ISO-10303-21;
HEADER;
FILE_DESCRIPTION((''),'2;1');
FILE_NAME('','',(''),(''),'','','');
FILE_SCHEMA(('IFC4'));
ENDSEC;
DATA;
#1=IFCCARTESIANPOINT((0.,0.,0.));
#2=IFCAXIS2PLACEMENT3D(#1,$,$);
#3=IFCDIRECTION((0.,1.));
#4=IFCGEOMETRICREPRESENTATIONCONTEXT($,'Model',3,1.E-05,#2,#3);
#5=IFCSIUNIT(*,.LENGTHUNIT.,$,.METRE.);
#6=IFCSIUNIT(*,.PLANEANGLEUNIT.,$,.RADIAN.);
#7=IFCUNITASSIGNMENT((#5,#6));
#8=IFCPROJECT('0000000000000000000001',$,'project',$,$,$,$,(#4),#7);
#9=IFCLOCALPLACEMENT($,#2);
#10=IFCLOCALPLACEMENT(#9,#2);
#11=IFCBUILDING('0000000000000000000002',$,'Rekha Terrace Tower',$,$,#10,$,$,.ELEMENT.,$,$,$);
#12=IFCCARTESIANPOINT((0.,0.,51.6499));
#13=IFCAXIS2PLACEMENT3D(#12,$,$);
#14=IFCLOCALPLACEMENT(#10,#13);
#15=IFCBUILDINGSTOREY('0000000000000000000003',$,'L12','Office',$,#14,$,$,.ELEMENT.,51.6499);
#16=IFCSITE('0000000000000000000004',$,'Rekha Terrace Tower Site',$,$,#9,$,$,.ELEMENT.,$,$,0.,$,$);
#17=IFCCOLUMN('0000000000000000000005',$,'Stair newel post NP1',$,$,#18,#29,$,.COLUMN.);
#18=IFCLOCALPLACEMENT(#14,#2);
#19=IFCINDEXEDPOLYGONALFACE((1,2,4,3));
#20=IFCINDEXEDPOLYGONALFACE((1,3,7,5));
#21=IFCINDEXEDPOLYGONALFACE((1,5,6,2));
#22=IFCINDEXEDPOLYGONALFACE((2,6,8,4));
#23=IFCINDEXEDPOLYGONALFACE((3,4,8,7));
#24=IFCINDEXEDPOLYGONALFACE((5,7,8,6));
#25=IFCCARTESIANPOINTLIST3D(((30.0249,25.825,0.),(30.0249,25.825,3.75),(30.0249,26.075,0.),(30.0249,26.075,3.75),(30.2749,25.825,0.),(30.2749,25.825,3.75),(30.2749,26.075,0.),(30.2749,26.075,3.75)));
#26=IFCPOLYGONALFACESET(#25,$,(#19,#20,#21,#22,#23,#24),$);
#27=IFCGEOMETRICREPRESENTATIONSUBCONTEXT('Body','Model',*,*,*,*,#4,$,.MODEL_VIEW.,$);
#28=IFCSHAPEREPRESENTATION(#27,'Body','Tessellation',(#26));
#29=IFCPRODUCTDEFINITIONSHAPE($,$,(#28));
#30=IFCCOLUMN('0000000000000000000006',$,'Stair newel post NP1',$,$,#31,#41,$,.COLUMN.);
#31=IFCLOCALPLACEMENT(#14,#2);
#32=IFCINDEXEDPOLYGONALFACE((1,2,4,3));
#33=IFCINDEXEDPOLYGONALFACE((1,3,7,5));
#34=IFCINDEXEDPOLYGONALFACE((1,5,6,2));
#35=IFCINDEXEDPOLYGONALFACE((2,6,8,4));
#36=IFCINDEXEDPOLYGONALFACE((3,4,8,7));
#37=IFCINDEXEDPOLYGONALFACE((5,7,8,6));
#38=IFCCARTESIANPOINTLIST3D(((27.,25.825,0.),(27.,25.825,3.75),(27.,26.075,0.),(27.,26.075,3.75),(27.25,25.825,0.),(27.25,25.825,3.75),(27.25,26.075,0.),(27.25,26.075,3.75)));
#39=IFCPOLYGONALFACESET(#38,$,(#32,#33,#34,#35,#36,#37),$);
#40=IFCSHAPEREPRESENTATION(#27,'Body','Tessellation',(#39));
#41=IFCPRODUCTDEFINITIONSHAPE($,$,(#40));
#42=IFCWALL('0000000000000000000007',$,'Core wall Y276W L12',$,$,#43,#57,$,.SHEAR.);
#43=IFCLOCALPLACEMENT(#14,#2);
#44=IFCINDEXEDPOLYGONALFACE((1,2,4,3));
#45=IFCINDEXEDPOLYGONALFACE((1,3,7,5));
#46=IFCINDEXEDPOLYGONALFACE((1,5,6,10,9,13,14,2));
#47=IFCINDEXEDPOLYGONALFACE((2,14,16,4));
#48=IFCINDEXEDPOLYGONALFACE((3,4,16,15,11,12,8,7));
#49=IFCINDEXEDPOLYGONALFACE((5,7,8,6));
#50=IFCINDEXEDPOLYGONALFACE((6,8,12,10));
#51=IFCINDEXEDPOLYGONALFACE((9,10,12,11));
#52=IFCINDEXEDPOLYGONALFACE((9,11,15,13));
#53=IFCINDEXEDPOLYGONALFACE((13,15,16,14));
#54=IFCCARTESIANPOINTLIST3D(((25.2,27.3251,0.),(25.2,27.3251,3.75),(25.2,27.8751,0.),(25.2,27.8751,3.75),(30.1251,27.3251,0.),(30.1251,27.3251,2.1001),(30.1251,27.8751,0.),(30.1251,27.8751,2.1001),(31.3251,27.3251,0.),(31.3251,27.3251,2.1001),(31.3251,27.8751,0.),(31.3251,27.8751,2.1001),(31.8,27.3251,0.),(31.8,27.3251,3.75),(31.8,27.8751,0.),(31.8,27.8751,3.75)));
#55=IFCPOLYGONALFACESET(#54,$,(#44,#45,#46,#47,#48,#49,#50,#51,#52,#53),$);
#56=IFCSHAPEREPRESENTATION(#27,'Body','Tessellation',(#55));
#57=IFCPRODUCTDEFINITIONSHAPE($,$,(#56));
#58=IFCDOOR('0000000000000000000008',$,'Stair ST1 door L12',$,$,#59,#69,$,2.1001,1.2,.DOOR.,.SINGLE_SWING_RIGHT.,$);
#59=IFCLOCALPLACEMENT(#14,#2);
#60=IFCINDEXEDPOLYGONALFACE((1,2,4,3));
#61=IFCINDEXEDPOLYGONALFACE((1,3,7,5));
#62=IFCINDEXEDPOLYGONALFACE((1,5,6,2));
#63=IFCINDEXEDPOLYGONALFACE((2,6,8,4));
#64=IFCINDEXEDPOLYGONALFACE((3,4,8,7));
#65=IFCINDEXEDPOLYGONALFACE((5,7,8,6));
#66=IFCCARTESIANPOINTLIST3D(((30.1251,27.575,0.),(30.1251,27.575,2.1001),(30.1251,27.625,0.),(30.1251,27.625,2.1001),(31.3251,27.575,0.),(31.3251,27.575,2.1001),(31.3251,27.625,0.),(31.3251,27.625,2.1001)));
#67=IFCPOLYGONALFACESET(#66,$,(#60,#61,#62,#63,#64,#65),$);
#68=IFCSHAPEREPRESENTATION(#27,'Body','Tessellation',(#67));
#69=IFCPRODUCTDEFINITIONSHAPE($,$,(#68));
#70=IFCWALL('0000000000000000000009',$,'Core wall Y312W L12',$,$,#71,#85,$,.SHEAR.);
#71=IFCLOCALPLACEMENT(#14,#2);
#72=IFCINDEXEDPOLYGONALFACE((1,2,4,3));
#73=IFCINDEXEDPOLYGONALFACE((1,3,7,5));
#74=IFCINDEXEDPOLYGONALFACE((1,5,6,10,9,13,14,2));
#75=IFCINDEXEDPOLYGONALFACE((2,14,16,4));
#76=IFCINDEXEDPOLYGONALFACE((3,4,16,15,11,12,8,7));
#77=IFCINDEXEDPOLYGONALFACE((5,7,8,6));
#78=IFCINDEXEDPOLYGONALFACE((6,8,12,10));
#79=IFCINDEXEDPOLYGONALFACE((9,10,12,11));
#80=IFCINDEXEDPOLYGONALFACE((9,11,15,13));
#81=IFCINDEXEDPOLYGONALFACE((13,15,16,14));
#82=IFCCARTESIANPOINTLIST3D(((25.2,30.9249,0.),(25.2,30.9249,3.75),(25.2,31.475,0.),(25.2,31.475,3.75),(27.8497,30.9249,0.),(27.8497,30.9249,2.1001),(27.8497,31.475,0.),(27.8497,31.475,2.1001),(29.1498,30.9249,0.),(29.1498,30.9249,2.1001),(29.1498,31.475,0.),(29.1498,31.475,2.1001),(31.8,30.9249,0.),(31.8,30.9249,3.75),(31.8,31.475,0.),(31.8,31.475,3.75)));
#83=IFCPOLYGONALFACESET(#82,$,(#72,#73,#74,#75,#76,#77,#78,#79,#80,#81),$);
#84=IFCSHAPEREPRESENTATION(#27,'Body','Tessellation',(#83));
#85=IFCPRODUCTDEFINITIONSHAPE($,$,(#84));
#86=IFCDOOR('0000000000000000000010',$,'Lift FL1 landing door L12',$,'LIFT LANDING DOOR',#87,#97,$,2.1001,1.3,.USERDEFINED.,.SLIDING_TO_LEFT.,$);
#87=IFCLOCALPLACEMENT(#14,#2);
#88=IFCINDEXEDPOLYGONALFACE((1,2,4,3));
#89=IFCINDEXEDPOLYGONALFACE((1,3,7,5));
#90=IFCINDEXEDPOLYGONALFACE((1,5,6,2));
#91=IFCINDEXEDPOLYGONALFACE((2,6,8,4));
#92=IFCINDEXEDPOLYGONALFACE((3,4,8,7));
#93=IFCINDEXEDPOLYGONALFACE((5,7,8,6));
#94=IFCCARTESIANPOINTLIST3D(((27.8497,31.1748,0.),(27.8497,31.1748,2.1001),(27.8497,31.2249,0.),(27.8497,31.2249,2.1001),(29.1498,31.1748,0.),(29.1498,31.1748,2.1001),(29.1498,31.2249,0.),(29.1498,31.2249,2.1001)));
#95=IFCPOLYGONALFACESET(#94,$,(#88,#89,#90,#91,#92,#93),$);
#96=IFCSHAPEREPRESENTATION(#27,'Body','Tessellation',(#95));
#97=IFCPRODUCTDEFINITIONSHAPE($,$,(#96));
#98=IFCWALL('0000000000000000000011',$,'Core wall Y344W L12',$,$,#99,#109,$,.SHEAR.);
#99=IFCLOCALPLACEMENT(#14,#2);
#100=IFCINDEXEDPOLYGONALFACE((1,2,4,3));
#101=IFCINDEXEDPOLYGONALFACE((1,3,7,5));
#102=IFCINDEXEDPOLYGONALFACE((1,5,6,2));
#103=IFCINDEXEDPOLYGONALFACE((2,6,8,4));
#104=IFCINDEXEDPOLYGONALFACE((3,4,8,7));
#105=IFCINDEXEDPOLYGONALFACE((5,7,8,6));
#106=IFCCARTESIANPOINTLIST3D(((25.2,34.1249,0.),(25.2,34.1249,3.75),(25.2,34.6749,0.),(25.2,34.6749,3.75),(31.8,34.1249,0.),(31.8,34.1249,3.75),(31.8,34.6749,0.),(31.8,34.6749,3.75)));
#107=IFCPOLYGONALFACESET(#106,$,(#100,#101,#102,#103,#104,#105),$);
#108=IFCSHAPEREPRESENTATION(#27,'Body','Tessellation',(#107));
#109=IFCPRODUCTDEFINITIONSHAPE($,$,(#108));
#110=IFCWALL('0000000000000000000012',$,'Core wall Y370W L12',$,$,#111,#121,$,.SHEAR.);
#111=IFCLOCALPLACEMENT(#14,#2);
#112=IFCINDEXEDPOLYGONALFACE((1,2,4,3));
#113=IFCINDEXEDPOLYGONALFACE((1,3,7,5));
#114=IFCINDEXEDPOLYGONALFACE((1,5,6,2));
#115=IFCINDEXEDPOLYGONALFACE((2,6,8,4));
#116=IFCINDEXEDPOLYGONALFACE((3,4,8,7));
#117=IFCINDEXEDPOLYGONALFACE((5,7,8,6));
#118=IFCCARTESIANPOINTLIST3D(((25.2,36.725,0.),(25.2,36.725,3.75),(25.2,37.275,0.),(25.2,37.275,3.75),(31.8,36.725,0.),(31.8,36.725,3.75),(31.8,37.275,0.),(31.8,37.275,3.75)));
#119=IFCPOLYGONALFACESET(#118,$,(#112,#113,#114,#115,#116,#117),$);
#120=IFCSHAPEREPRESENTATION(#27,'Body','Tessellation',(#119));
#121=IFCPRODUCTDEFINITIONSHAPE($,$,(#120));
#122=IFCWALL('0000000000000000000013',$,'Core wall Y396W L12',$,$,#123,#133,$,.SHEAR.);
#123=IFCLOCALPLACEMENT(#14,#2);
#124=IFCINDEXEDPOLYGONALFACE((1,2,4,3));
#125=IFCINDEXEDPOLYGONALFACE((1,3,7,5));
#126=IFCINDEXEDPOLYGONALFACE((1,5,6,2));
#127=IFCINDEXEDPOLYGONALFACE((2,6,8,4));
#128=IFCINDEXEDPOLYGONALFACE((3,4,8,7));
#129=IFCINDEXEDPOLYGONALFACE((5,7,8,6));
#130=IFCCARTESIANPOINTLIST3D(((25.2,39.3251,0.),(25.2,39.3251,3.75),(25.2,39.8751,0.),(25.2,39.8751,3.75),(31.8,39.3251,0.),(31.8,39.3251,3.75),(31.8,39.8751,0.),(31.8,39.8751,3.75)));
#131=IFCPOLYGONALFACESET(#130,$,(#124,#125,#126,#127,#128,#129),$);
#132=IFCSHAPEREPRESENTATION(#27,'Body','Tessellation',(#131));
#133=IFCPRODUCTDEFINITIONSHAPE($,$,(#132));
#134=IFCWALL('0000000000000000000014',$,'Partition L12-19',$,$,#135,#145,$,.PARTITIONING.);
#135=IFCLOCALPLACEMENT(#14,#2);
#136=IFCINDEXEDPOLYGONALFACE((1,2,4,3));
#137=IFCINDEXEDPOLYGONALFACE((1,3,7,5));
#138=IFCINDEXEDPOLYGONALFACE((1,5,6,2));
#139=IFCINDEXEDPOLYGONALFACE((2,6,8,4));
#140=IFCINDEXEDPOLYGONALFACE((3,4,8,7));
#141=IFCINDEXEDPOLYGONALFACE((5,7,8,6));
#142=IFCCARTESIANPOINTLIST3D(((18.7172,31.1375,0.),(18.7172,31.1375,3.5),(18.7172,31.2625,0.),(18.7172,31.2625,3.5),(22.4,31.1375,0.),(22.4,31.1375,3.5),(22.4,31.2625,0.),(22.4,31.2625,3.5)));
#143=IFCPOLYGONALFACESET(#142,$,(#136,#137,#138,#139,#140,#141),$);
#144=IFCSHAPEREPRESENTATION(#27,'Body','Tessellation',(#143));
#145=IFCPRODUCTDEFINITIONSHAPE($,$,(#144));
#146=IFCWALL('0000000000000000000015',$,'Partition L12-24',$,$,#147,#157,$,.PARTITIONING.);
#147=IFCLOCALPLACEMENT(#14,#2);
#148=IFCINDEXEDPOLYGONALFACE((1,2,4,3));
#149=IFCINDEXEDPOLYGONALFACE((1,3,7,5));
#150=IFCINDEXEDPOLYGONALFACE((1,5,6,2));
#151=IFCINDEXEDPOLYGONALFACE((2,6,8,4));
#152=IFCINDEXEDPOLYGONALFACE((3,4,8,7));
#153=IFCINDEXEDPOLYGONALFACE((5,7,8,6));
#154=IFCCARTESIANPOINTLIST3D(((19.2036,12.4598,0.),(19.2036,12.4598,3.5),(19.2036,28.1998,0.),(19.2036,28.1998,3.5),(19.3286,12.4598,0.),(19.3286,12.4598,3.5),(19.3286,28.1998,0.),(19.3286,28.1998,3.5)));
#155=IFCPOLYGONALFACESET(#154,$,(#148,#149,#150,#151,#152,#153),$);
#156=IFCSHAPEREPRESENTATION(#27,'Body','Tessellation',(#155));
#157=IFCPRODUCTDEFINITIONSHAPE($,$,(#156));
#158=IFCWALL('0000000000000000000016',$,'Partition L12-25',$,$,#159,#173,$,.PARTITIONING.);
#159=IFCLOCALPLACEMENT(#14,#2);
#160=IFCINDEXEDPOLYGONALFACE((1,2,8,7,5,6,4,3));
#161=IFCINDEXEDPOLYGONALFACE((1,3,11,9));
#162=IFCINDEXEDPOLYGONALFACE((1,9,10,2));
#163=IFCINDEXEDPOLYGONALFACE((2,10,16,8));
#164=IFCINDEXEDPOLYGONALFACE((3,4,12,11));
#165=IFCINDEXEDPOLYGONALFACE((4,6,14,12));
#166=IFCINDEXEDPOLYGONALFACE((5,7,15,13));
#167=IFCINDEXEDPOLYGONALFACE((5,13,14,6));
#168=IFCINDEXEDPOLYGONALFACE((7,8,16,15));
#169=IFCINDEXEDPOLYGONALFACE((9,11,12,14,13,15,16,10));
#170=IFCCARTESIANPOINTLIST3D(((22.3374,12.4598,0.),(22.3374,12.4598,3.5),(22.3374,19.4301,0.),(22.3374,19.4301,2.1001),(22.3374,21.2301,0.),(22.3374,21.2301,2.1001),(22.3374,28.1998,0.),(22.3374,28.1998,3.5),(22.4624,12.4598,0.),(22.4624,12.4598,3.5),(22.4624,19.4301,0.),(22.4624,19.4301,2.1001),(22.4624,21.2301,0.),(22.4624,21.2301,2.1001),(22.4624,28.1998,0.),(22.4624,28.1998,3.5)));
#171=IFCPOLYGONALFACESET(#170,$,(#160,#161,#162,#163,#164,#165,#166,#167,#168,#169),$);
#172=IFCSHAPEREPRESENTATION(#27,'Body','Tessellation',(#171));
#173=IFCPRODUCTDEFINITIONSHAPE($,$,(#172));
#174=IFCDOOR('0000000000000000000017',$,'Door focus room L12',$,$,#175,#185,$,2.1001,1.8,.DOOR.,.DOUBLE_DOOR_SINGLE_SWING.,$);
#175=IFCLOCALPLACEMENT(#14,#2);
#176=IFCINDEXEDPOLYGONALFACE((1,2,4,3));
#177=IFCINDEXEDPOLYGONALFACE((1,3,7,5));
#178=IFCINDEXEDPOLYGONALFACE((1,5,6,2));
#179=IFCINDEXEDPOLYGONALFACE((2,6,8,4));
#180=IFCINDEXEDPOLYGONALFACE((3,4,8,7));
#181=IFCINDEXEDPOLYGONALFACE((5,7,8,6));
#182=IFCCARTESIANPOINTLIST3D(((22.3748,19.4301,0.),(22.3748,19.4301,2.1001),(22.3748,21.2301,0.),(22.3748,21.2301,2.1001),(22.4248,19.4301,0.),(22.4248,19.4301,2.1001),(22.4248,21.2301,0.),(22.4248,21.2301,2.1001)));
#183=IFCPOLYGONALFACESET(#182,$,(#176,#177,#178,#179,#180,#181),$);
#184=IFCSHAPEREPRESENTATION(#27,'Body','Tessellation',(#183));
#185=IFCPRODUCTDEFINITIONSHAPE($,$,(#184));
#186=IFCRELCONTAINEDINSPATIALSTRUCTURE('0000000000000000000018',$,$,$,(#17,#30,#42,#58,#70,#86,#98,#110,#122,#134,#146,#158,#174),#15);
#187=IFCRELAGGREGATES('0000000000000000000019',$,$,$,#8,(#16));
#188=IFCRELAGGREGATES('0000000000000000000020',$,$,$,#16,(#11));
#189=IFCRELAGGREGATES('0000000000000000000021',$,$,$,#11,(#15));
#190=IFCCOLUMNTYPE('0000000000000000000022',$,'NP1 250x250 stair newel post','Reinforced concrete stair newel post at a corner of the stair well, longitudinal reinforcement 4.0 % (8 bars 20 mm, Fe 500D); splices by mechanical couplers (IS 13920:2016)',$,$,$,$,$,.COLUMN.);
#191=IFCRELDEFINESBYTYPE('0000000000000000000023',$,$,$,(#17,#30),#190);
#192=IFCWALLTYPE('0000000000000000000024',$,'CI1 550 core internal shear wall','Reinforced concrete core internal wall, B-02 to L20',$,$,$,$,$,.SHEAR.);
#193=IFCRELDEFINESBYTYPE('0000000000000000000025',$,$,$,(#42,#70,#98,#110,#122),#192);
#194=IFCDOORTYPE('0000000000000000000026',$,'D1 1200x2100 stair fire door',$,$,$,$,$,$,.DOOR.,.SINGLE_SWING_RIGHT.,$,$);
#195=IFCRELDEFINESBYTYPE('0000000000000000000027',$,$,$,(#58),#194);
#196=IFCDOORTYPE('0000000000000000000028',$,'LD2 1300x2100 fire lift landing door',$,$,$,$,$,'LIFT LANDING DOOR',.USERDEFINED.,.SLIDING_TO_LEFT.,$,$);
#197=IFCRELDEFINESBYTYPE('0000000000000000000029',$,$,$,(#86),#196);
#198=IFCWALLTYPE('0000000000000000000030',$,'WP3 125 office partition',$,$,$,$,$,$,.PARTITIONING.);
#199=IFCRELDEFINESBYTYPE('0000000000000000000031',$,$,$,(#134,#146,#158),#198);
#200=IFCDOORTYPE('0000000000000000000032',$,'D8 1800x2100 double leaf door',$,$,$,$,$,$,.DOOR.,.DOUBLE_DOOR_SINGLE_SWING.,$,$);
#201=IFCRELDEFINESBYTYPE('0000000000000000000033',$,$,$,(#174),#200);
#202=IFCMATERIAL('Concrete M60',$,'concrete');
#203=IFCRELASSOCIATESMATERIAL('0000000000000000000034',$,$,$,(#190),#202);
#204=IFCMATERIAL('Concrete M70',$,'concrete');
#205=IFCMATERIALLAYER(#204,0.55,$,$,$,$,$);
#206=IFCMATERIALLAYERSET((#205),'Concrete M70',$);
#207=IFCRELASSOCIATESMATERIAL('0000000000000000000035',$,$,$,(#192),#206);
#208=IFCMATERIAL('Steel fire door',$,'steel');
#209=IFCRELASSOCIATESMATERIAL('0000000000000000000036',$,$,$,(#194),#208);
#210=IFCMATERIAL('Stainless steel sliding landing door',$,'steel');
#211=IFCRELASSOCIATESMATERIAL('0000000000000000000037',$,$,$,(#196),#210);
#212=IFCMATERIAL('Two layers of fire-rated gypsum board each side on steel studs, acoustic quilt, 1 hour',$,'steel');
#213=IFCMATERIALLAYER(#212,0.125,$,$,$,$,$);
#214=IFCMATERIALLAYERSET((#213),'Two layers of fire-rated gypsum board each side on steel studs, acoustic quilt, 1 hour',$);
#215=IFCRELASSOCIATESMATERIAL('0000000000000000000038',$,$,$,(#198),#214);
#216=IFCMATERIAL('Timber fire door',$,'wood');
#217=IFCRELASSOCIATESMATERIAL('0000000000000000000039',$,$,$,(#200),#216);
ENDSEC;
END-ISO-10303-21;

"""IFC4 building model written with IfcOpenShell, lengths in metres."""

from ifc_helpers import new_model, si_unit, direction, frame, frame_2d, origin, origin_2d, place, context, subcontext, project, spatial, rectangle, extrude, material, layer, layer_set, material_profile, profile_set, type_object, element, fill, save


model = new_model("IFC4")

# Units and contexts
model_context = context("Model", 3, precision=1e-05, world=origin(), true_north=direction((0.0, 1.0)))
body_context = subcontext(model_context, "Body", "Model", "MODEL_VIEW")
ifc_project = project(units=[si_unit("LENGTHUNIT", "METRE"), si_unit("PLANEANGLEUNIT", "RADIAN")], contexts=[model_context])

# Site, building, storey
site_placement = place(None, origin())
site = spatial("IfcSite", under=ifc_project, at=site_placement, Name="Rekha Terrace Tower Site", CompositionType="ELEMENT", RefElevation=0.0)
building_placement = place(site_placement, origin())
building = spatial("IfcBuilding", under=site, at=building_placement, Name="Rekha Terrace Tower", CompositionType="ELEMENT")
storey_placement = place(building_placement, frame((0.0, 0.0, 51.6499)))
storey = spatial("IfcBuildingStorey", under=building, at=storey_placement, Name="L12", Description="Office", CompositionType="ELEMENT", Elevation=51.6499)

# Columns
ifc_material_1 = material(Name="Concrete M60", Category="concrete")
ifc_material_profile = material_profile(ifc_material_1, rectangle(XDim=0.25, YDim=0.25, at=origin_2d()), Name="RC 250x250")
ifc_profile_set = profile_set([ifc_material_profile], Name="Concrete M60")
column_type = type_object("IfcColumnType", Name="NP1 250x250 stair newel post", Description="Reinforced concrete stair newel post at a corner of the stair well, longitudinal reinforcement 4.0 % (8 bars 20 mm, Fe 500D); splices by mechanical couplers (IS 13920:2016)", PredefinedType="COLUMN", material=ifc_profile_set)
for number, where, z_axis, x_axis, name in (
    (1, (30.1499, 25.95, 0.0), (0.0, 0.0, 1.0), (1.0, 0.0, 0.0), "Stair newel post NP1"),
    (2, (27.125, 25.95, 0.0), (0.0, 0.0, 1.0), (1.0, 0.0, 0.0), "Stair newel post NP1"),
):
    element("IfcColumn", number, at=place(storey_placement, frame(where, z_axis=z_axis, x_axis=x_axis)), inside=storey, type_object=column_type, Name=name, PredefinedType="COLUMN", context=body_context, shape_type="SweptSolid", body=[
        extrude(rectangle(XDim=0.25, YDim=0.25, at=origin_2d()), origin(), (0.0, 0.0, 1.0), 3.75),
    ])

# Walls, openings, doors
ifc_material_2 = material(Name="Concrete M70", Category="concrete")
ifc_layer_1 = layer(ifc_material_2, 0.55)
ifc_layer_set_1 = layer_set([ifc_layer_1], Name="Concrete M70")
wall_type_1 = type_object("IfcWallType", Name="CI1 550 core internal shear wall", Description="Reinforced concrete core internal wall, B-02 to L20", PredefinedType="SHEAR", material=ifc_layer_set_1)
wall_1_placement = place(storey_placement, frame((25.2, 27.6001, 0.0), z_axis=(0.0, 0.0, 1.0), x_axis=(1.0, 0.0, 0.0)))
wall_1 = element("IfcWall", 3, at=wall_1_placement, inside=storey, type_object=wall_type_1, Name="Core wall Y276W L12", PredefinedType="SHEAR", context=body_context, shape_type="SweptSolid", body=[
    extrude(rectangle(XDim=6.6001, YDim=0.55, at=frame_2d((3.3, 0.0))), origin(), (0.0, 0.0, 1.0), 3.75),
])
opening_1_placement = place(wall_1_placement, frame((4.925, 0.0, 0.0)))
opening_1 = element("IfcOpeningElement", 4, at=opening_1_placement, cuts=wall_1, PredefinedType="OPENING", context=body_context, shape_type="SweptSolid", body=[
    extrude(rectangle(XDim=1.2, YDim=2.1001, at=frame_2d((0.6001, 1.05))), frame((0.0, 0.2849, 0.0), z_axis=(0.0, -1.0, 0.0), x_axis=(1.0, 0.0, 0.0)), (0.0, 0.0, 1.0), 0.5701),
])
ifc_material_3 = material(Name="Steel fire door", Category="steel")
door_type_1 = type_object("IfcDoorType", Name="D1 1200x2100 stair fire door", OperationType="SINGLE_SWING_RIGHT", PredefinedType="DOOR", material=ifc_material_3)
door_1_placement = place(opening_1_placement, origin())
door_1 = element("IfcDoor", 5, at=door_1_placement, inside=storey, type_object=door_type_1, Name="Stair ST1 door L12", OperationType="SINGLE_SWING_RIGHT", OverallHeight=2.1001, OverallWidth=1.2, PredefinedType="DOOR", context=body_context, shape_type="SweptSolid", body=[
    extrude(rectangle(XDim=1.2, YDim=2.1001, at=frame_2d((0.6001, 1.05))), frame((0.0, 0.0249, 0.0), z_axis=(0.0, -1.0, 0.0), x_axis=(1.0, 0.0, 0.0)), (0.0, 0.0, 1.0), 0.05),
])
fill(opening_1, door_1)
wall_2_placement = place(storey_placement, frame((25.2, 31.2, 0.0), z_axis=(0.0, 0.0, 1.0), x_axis=(1.0, 0.0, 0.0)))
wall_2 = element("IfcWall", 6, at=wall_2_placement, inside=storey, type_object=wall_type_1, Name="Core wall Y312W L12", PredefinedType="SHEAR", context=body_context, shape_type="SweptSolid", body=[
    extrude(rectangle(XDim=6.6001, YDim=0.55, at=frame_2d((3.3, 0.0))), origin(), (0.0, 0.0, 1.0), 3.75),
])
opening_2_placement = place(wall_2_placement, frame((2.6499, 0.0, 0.0)))
opening_2 = element("IfcOpeningElement", 7, at=opening_2_placement, cuts=wall_2, PredefinedType="OPENING", context=body_context, shape_type="SweptSolid", body=[
    extrude(rectangle(XDim=1.3, YDim=2.1001, at=frame_2d((0.6499, 1.05))), frame((0.0, 0.2849, 0.0), z_axis=(0.0, -1.0, 0.0), x_axis=(1.0, 0.0, 0.0)), (0.0, 0.0, 1.0), 0.5701),
])
ifc_material_4 = material(Name="Stainless steel sliding landing door", Category="steel")
door_type_2 = type_object("IfcDoorType", Name="LD2 1300x2100 fire lift landing door", ElementType="LIFT LANDING DOOR", OperationType="SLIDING_TO_LEFT", PredefinedType="USERDEFINED", material=ifc_material_4)
door_2_placement = place(opening_2_placement, origin())
door_2 = element("IfcDoor", 8, at=door_2_placement, inside=storey, type_object=door_type_2, Name="Lift FL1 landing door L12", ObjectType="LIFT LANDING DOOR", OperationType="SLIDING_TO_LEFT", OverallHeight=2.1001, OverallWidth=1.3, PredefinedType="USERDEFINED", context=body_context, shape_type="SweptSolid", body=[
    extrude(rectangle(XDim=1.3, YDim=2.1001, at=frame_2d((0.6499, 1.05))), frame((0.0, 0.0249, 0.0), z_axis=(0.0, -1.0, 0.0), x_axis=(1.0, 0.0, 0.0)), (0.0, 0.0, 1.0), 0.05),
])
fill(opening_2, door_2)

# Walls
for number, where, z_axis, x_axis, name in (
    (9, (25.2, 34.3999, 0.0), (0.0, 0.0, 1.0), (1.0, 0.0, 0.0), "Core wall Y344W L12"),
    (10, (25.2, 37.0, 0.0), (0.0, 0.0, 1.0), (1.0, 0.0, 0.0), "Core wall Y370W L12"),
    (11, (25.2, 39.6001, 0.0), (0.0, 0.0, 1.0), (1.0, 0.0, 0.0), "Core wall Y396W L12"),
):
    element("IfcWall", number, at=place(storey_placement, frame(where, z_axis=z_axis, x_axis=x_axis)), inside=storey, type_object=wall_type_1, Name=name, PredefinedType="SHEAR", context=body_context, shape_type="SweptSolid", body=[
        extrude(rectangle(XDim=6.6001, YDim=0.55, at=frame_2d((3.3, 0.0))), origin(), (0.0, 0.0, 1.0), 3.75),
    ])
ifc_material_5 = material(Name="Two layers of fire-rated gypsum board each side on steel studs, acoustic quilt, 1 hour", Category="steel")
ifc_layer_2 = layer(ifc_material_5, 0.125)
ifc_layer_set_2 = layer_set([ifc_layer_2], Name="Two layers of fire-rated gypsum board each side on steel studs, acoustic quilt, 1 hour")
wall_type_2 = type_object("IfcWallType", Name="WP3 125 office partition", PredefinedType="PARTITIONING", material=ifc_layer_set_2)
wall_3_placement = place(storey_placement, frame((22.3999, 31.2, 0.0), z_axis=(0.0, 0.0, 1.0), x_axis=(-1.0, 0.0, 0.0)))
element("IfcWall", 12, at=wall_3_placement, inside=storey, type_object=wall_type_2, Name="Partition L12-19", PredefinedType="PARTITIONING", context=body_context, shape_type="SweptSolid", body=[
    extrude(rectangle(XDim=3.6829, YDim=0.125, at=frame_2d((1.8413, 0.0))), origin(), (0.0, 0.0, 1.0), 3.5),
])
wall_4_placement = place(storey_placement, frame((19.2661, 28.2, 0.0), z_axis=(0.0, 0.0, 1.0), x_axis=(0.0, -1.0, 0.0)))
element("IfcWall", 13, at=wall_4_placement, inside=storey, type_object=wall_type_2, Name="Partition L12-24", PredefinedType="PARTITIONING", context=body_context, shape_type="SweptSolid", body=[
    extrude(rectangle(XDim=15.74, YDim=0.125, at=frame_2d((7.8701, 0.0))), origin(), (0.0, 0.0, 1.0), 3.5),
])

# Wall, opening, door
wall_5_placement = place(storey_placement, frame((22.3999, 28.2, 0.0), z_axis=(0.0, 0.0, 1.0), x_axis=(0.0, -1.0, 0.0)))
wall_5 = element("IfcWall", 14, at=wall_5_placement, inside=storey, type_object=wall_type_2, Name="Partition L12-25", PredefinedType="PARTITIONING", context=body_context, shape_type="SweptSolid", body=[
    extrude(rectangle(XDim=15.74, YDim=0.125, at=frame_2d((7.8701, 0.0))), origin(), (0.0, 0.0, 1.0), 3.5),
])
opening_3_placement = place(wall_5_placement, frame((6.97, 0.0, 0.0)))
opening_3 = element("IfcOpeningElement", 15, at=opening_3_placement, cuts=wall_5, PredefinedType="OPENING", context=body_context, shape_type="SweptSolid", body=[
    extrude(rectangle(XDim=1.8, YDim=2.1001, at=frame_2d((0.8999, 1.05))), frame((0.0, 0.0725, 0.0), z_axis=(0.0, -1.0, 0.0), x_axis=(1.0, 0.0, 0.0)), (0.0, 0.0, 1.0), 0.145),
])
ifc_material_6 = material(Name="Timber fire door", Category="wood")
door_type_3 = type_object("IfcDoorType", Name="D8 1800x2100 double leaf door", OperationType="DOUBLE_DOOR_SINGLE_SWING", PredefinedType="DOOR", material=ifc_material_6)
door_3_placement = place(opening_3_placement, origin())
door_3 = element("IfcDoor", 16, at=door_3_placement, inside=storey, type_object=door_type_3, Name="Door focus room L12", OperationType="DOUBLE_DOOR_SINGLE_SWING", OverallHeight=2.1001, OverallWidth=1.8, PredefinedType="DOOR", context=body_context, shape_type="SweptSolid", body=[
    extrude(rectangle(XDim=1.8, YDim=2.1001, at=frame_2d((0.8999, 1.05))), frame((0.0, 0.0249, 0.0), z_axis=(0.0, -1.0, 0.0), x_axis=(1.0, 0.0, 0.0)), (0.0, 0.0, 1.0), 0.05),
])
fill(opening_3, door_3)

save(model, "model.ifc")
